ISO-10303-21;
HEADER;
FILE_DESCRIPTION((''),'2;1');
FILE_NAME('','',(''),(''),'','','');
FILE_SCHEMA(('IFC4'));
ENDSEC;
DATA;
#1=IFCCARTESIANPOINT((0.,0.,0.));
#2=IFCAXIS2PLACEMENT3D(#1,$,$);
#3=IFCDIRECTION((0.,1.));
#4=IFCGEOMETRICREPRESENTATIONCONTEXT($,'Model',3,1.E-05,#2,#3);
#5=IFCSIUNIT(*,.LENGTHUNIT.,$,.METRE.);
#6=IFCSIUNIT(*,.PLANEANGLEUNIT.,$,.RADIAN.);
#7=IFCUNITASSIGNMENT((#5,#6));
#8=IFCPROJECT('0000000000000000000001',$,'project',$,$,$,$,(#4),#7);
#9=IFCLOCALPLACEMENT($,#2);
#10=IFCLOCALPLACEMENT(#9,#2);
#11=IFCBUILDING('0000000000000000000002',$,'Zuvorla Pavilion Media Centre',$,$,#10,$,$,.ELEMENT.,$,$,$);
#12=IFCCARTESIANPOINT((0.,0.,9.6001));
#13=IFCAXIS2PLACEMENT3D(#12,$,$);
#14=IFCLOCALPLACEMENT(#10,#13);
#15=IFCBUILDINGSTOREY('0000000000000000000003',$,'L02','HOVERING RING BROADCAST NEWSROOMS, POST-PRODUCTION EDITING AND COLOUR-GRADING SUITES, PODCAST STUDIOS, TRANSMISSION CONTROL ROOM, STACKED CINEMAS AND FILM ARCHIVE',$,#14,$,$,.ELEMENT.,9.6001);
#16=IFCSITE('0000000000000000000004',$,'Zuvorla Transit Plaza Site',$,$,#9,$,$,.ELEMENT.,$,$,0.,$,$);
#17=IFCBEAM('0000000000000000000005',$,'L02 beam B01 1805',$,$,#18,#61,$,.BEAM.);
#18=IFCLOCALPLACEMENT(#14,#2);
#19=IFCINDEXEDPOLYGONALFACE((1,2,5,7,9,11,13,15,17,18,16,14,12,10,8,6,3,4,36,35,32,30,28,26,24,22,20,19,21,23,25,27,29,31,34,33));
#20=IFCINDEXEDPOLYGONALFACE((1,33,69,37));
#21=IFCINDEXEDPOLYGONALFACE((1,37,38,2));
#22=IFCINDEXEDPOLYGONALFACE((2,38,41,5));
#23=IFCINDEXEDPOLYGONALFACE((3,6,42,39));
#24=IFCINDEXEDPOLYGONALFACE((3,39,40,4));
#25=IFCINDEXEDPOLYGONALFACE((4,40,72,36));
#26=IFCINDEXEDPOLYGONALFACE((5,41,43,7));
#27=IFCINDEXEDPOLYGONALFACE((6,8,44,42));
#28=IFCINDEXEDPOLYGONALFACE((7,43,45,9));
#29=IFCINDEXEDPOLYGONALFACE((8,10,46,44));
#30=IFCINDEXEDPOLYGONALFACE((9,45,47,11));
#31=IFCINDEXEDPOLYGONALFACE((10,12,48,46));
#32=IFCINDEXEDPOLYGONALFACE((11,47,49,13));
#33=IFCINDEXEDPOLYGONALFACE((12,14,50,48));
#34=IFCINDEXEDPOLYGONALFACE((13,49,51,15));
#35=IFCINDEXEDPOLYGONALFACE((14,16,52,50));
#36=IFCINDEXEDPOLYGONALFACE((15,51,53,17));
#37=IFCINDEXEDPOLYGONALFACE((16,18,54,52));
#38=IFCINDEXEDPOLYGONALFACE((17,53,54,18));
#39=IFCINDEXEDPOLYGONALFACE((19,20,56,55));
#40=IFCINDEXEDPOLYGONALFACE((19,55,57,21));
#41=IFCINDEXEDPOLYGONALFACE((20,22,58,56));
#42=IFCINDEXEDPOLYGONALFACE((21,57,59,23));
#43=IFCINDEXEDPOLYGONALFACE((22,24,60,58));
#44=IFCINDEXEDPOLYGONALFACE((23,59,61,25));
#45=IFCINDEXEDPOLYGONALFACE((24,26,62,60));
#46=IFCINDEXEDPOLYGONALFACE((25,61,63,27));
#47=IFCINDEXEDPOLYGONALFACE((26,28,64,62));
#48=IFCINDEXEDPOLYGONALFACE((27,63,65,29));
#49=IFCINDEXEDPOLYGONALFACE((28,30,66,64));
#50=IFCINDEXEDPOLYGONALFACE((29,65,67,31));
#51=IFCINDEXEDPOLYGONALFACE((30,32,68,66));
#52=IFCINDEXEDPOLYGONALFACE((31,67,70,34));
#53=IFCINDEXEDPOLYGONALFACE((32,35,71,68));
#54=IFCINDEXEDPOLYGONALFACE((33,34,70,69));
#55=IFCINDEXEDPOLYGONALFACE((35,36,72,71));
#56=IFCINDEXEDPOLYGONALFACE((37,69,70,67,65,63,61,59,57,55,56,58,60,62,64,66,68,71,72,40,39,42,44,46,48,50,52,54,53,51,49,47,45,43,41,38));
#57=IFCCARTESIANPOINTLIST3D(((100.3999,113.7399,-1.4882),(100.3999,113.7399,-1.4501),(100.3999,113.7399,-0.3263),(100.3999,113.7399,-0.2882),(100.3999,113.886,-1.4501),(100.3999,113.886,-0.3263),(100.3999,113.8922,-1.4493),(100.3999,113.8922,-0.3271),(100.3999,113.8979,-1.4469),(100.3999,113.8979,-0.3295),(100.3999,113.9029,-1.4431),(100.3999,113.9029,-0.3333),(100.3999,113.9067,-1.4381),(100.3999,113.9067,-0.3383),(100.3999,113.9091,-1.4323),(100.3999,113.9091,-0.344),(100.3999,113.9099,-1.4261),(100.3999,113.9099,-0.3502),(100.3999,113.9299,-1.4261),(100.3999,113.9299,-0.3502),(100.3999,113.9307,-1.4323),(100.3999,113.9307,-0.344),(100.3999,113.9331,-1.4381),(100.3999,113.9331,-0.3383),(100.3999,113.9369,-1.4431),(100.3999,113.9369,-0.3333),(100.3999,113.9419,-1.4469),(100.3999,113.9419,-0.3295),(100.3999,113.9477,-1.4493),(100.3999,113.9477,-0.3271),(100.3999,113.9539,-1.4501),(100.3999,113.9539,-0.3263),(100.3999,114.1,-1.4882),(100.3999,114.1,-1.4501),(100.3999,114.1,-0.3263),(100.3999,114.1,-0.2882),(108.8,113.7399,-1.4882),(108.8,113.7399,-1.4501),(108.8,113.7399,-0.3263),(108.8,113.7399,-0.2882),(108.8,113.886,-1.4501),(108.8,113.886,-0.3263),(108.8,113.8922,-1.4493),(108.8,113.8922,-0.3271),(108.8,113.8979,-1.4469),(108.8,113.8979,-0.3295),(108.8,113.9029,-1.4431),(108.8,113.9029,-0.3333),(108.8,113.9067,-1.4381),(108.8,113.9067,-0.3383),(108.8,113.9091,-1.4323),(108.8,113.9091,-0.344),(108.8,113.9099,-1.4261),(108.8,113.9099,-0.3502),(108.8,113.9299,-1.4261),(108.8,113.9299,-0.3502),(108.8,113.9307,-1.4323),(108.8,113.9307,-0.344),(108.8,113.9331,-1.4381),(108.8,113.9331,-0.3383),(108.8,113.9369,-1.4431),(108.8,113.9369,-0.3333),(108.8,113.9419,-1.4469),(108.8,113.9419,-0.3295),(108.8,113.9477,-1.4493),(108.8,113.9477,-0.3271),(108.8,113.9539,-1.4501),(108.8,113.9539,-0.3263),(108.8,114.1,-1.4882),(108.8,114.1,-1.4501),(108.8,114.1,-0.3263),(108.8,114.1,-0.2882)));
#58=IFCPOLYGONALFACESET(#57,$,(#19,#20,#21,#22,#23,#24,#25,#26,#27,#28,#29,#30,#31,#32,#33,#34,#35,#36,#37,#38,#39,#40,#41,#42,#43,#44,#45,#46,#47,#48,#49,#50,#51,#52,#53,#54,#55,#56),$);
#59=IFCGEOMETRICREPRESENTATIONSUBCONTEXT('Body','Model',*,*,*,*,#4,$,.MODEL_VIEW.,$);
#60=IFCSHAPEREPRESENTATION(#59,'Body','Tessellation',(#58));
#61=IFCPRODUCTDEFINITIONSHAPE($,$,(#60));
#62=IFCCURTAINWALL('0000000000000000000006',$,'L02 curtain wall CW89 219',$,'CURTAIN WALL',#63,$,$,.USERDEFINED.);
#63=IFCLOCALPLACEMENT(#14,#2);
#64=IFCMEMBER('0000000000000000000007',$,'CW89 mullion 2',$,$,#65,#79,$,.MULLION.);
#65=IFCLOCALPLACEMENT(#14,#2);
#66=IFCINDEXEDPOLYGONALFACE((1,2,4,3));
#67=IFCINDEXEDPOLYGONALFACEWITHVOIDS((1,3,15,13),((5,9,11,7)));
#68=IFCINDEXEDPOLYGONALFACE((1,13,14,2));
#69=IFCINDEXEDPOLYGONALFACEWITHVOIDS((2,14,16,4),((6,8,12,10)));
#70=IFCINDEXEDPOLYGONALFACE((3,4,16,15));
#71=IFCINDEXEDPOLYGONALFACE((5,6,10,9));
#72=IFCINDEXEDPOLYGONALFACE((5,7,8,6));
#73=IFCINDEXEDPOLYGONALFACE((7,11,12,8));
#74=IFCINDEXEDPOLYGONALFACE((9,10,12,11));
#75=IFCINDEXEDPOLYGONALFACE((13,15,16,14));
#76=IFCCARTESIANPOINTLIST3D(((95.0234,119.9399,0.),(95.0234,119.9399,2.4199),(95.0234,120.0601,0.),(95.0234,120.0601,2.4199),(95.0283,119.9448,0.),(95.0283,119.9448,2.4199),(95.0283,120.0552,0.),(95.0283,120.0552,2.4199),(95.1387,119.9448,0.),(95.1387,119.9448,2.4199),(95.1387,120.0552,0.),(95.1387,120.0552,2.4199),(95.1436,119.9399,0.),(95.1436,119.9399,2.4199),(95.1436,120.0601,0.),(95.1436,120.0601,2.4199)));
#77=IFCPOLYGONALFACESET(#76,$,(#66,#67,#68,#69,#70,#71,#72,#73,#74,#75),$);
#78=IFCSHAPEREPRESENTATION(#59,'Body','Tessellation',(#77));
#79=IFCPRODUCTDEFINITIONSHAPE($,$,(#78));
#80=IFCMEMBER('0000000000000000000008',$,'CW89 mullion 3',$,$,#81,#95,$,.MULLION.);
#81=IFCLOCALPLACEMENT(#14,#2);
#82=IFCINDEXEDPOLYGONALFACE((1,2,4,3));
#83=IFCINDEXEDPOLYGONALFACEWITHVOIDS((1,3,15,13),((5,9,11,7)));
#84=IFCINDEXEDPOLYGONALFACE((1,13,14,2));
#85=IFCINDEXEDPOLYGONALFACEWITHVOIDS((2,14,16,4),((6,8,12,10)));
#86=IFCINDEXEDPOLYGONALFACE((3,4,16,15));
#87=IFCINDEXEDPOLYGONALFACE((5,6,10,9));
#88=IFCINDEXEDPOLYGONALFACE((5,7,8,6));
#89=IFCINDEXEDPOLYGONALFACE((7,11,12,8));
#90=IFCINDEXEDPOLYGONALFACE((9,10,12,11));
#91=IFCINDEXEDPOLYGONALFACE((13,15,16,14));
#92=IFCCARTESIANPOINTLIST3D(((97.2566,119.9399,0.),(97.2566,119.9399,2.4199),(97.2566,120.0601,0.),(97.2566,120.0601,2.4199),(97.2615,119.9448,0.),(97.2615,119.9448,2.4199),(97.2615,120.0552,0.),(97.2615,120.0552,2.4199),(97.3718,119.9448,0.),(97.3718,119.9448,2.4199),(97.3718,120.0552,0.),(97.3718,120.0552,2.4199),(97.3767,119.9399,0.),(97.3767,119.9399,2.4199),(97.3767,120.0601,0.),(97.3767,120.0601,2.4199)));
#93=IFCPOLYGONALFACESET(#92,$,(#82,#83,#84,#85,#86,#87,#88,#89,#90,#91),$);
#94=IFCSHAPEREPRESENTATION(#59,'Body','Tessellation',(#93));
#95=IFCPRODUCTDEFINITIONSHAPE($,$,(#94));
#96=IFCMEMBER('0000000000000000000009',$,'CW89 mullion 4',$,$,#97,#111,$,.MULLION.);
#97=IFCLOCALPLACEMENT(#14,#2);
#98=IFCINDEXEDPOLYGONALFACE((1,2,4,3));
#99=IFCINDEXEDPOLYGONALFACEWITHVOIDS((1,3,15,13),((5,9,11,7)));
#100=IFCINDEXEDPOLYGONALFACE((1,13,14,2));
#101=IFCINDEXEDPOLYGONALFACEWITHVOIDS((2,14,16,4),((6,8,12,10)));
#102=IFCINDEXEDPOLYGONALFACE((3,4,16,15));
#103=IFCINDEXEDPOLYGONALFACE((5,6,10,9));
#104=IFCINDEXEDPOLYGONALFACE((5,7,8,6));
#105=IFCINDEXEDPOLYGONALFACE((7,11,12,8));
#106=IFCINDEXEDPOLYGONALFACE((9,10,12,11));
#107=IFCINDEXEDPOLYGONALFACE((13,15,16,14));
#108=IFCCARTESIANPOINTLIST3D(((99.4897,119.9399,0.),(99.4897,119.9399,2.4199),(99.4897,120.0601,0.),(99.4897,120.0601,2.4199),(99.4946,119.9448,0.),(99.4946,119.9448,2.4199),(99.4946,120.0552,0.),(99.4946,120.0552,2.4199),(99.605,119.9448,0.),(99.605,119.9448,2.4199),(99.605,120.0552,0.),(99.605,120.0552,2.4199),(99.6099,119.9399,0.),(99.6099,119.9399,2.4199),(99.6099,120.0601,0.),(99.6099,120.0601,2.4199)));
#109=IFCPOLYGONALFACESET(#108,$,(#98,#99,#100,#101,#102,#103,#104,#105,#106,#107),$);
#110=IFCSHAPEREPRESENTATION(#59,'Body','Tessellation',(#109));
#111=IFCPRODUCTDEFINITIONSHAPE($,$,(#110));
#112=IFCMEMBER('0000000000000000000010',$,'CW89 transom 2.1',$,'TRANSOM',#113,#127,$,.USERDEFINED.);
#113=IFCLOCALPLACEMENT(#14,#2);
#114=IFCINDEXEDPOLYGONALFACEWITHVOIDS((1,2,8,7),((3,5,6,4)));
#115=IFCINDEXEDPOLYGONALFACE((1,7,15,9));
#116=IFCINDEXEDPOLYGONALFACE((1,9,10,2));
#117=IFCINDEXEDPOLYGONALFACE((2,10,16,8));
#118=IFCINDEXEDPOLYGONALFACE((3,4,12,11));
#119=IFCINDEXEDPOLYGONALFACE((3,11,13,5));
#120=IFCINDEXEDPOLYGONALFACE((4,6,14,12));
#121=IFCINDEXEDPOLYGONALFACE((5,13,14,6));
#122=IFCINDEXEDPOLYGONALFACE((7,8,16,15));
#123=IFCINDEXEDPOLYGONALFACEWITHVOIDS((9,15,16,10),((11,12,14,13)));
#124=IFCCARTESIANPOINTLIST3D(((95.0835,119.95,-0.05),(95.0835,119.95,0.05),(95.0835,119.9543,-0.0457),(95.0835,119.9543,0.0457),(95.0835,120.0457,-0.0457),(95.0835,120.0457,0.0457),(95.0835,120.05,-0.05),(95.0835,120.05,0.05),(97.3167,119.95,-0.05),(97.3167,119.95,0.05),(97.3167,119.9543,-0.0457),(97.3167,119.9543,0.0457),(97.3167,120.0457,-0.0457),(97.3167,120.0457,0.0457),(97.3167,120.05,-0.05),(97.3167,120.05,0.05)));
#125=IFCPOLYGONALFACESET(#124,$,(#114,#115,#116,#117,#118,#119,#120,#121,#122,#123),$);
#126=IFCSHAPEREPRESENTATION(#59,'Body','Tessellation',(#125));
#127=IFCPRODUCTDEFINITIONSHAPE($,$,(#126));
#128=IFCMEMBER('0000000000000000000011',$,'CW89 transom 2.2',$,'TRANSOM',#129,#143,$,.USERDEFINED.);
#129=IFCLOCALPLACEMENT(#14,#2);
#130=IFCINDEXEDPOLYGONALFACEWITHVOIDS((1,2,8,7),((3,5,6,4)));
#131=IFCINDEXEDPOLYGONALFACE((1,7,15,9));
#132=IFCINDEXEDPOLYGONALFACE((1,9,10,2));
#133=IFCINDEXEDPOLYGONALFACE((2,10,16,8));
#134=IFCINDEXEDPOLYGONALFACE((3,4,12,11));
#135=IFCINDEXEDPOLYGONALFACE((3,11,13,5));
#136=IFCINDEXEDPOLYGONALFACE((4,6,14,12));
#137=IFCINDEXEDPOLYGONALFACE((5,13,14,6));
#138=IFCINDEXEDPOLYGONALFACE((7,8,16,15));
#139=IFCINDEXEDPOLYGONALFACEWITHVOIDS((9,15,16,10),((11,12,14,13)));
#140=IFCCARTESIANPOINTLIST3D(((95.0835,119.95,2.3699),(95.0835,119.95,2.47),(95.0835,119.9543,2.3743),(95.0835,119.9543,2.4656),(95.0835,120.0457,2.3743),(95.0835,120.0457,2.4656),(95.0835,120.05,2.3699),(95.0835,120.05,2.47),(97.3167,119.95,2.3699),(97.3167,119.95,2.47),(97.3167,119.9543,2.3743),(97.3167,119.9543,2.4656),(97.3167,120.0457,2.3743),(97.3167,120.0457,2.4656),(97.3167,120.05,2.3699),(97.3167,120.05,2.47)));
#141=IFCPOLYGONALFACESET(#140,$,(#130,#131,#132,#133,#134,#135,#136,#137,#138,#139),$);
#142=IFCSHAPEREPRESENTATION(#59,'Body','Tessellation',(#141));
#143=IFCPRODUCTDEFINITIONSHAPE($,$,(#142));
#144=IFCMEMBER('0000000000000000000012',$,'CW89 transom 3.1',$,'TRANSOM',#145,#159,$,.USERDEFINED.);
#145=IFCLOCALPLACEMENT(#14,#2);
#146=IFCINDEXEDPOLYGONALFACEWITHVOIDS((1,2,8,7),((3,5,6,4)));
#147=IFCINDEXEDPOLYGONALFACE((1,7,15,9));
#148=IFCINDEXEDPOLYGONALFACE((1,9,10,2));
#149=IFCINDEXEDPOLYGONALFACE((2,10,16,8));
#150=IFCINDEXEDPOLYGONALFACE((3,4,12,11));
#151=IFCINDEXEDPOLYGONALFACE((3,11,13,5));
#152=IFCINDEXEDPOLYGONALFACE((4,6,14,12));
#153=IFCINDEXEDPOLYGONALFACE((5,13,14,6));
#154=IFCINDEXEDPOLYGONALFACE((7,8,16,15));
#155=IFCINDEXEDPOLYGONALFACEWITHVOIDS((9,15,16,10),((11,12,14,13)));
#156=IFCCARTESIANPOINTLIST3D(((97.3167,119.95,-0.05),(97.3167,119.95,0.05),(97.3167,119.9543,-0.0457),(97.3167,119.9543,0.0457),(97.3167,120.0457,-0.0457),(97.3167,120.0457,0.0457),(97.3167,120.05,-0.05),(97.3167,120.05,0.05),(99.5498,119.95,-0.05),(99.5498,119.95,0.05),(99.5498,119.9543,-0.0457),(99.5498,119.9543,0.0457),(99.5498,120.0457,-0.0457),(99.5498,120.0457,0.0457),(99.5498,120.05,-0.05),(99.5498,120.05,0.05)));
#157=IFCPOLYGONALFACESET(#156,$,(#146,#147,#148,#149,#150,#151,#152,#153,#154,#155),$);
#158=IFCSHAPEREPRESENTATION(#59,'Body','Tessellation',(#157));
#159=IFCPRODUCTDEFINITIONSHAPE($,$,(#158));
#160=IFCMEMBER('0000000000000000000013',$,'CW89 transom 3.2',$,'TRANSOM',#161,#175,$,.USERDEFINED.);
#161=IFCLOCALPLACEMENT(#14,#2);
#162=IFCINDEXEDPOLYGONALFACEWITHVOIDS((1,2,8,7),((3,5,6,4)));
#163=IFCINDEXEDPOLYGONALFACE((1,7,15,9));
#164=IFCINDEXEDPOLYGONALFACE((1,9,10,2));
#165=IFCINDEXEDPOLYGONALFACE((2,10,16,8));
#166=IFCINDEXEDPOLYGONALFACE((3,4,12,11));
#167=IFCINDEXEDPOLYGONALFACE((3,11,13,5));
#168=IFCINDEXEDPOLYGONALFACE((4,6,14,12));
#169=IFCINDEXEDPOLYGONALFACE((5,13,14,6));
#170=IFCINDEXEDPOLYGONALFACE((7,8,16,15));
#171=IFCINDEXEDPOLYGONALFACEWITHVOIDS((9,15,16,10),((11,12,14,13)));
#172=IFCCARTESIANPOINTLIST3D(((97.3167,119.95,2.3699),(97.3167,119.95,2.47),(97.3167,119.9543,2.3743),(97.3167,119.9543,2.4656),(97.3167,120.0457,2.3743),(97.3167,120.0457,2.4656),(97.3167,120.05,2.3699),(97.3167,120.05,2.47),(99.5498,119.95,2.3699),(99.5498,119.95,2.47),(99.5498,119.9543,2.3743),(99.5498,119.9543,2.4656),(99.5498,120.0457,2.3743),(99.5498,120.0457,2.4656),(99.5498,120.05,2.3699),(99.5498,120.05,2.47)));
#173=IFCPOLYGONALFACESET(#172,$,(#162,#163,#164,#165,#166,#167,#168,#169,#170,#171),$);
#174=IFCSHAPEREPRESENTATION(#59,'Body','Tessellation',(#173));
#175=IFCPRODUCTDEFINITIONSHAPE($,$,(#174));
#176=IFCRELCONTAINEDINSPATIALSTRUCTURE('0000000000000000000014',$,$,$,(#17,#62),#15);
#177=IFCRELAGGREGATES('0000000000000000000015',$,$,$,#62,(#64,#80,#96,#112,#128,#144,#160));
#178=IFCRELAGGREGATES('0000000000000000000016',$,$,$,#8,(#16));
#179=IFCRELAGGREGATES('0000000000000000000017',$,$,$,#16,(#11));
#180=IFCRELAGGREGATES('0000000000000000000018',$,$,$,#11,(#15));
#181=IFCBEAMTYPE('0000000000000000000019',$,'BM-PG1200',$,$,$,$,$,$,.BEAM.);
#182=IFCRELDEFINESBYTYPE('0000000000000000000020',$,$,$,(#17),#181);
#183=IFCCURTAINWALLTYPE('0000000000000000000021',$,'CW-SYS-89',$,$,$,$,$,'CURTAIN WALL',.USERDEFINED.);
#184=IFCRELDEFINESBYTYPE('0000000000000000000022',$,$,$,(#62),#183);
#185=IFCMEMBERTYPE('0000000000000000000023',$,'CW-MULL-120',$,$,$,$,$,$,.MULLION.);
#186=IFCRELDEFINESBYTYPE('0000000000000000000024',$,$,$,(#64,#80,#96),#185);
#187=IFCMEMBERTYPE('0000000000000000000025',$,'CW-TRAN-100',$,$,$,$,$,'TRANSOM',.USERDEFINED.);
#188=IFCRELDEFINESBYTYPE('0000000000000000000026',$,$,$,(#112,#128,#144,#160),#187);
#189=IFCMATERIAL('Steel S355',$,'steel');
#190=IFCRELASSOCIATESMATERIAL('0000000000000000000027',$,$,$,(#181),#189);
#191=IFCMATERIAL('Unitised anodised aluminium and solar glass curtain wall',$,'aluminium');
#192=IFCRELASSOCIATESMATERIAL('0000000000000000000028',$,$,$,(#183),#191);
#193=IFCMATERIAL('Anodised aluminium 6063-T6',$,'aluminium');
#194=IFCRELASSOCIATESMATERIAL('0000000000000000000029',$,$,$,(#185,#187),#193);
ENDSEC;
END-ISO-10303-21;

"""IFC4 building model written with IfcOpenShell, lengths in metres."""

from ifc_helpers import new_model, si_unit, direction, frame, origin, origin_2d, place, context, subcontext, project, spatial, hollow_rectangle, i_section, extrude, material, material_profile, profile_set, type_object, element, aggregate, save


model = new_model("IFC4")

# Units and contexts
model_context = context("Model", 3, precision=1e-05, world=origin(), true_north=direction((0.0, 1.0)))
body_context = subcontext(model_context, "Body", "Model", "MODEL_VIEW")
ifc_project = project(units=[si_unit("LENGTHUNIT", "METRE"), si_unit("PLANEANGLEUNIT", "RADIAN")], contexts=[model_context])

# Site, building, storey
site_placement = place(None, origin())
site = spatial("IfcSite", under=ifc_project, at=site_placement, Name="Zuvorla Transit Plaza Site", CompositionType="ELEMENT", RefElevation=0.0)
building_placement = place(site_placement, origin())
building = spatial("IfcBuilding", under=site, at=building_placement, Name="Zuvorla Pavilion Media Centre", CompositionType="ELEMENT")
storey_placement = place(building_placement, frame((0.0, 0.0, 9.6001)))
storey = spatial("IfcBuildingStorey", under=building, at=storey_placement, Name="L02", Description="HOVERING RING BROADCAST NEWSROOMS, POST-PRODUCTION EDITING AND COLOUR-GRADING SUITES, PODCAST STUDIOS, TRANSMISSION CONTROL ROOM, STACKED CINEMAS AND FILM ARCHIVE", CompositionType="ELEMENT", Elevation=9.6001)

# Beam
ifc_material_1 = material(Name="Steel S355", Category="steel")
ifc_material_profile_1 = material_profile(ifc_material_1, i_section(OverallWidth=0.3601, OverallDepth=1.2, WebThickness=0.02, FlangeThickness=0.0381, FilletRadius=0.0239, at=origin_2d()), Name="PG 1200x360x38")
ifc_profile_set_1 = profile_set([ifc_material_profile_1], Name="Steel S355")
beam_type = type_object("IfcBeamType", Name="BM-PG1200", PredefinedType="BEAM", material=ifc_profile_set_1)
beam_placement = place(storey_placement, frame((100.3999, 113.9199, -0.8882), z_axis=(1.0, 0.0, 0.0), x_axis=(0.0, 1.0, 0.0)))
element("IfcBeam", 1, at=beam_placement, inside=storey, type_object=beam_type, Name="L02 beam B01 1805", PredefinedType="BEAM", context=body_context, shape_type="SweptSolid", body=[
    extrude(i_section(OverallWidth=0.3601, OverallDepth=1.2, WebThickness=0.02, FlangeThickness=0.0381, FilletRadius=0.0239, at=origin_2d()), origin(), (0.0, 0.0, 1.0), 8.4001),
])

# Curtain wall, members
ifc_material_2 = material(Name="Unitised anodised aluminium and solar glass curtain wall", Category="aluminium")
curtain_wall_type = type_object("IfcCurtainWallType", Name="CW-SYS-89", ElementType="CURTAIN WALL", PredefinedType="USERDEFINED", material=ifc_material_2)
curtain_wall_placement = place(storey_placement, origin())
curtain_wall = element("IfcCurtainWall", 2, at=curtain_wall_placement, inside=storey, type_object=curtain_wall_type, Name="L02 curtain wall CW89 219", ObjectType="CURTAIN WALL", PredefinedType="USERDEFINED")
ifc_material_3 = material(Name="Anodised aluminium 6063-T6", Category="aluminium")
ifc_material_profile_2 = material_profile(ifc_material_3, hollow_rectangle(XDim=0.1201, YDim=0.1201, WallThickness=0.0049, at=origin_2d()), Name="ALU MULL 120x120")
ifc_profile_set_2 = profile_set([ifc_material_profile_2], Name="Anodised aluminium 6063-T6")
member_type_1 = type_object("IfcMemberType", Name="CW-MULL-120", PredefinedType="MULLION", material=ifc_profile_set_2)
member_1_placement = place(storey_placement, frame((95.0835, 120.0, 0.0), z_axis=(0.0, 0.0, 1.0), x_axis=(1.0, 0.0, 0.0)))
member_1 = element("IfcMember", 3, at=member_1_placement, type_object=member_type_1, Name="CW89 mullion 2", PredefinedType="MULLION", context=body_context, shape_type="SweptSolid", body=[
    extrude(hollow_rectangle(XDim=0.1201, YDim=0.1201, WallThickness=0.0049, at=origin_2d()), origin(), (0.0, 0.0, 1.0), 2.4199),
])
member_2_placement = place(storey_placement, frame((97.3167, 120.0, 0.0), z_axis=(0.0, 0.0, 1.0), x_axis=(1.0, 0.0, 0.0)))
member_2 = element("IfcMember", 4, at=member_2_placement, type_object=member_type_1, Name="CW89 mullion 3", PredefinedType="MULLION", context=body_context, shape_type="SweptSolid", body=[
    extrude(hollow_rectangle(XDim=0.1201, YDim=0.1201, WallThickness=0.0049, at=origin_2d()), origin(), (0.0, 0.0, 1.0), 2.4199),
])
member_3_placement = place(storey_placement, frame((99.5498, 120.0, 0.0), z_axis=(0.0, 0.0, 1.0), x_axis=(1.0, 0.0, 0.0)))
member_3 = element("IfcMember", 5, at=member_3_placement, type_object=member_type_1, Name="CW89 mullion 4", PredefinedType="MULLION", context=body_context, shape_type="SweptSolid", body=[
    extrude(hollow_rectangle(XDim=0.1201, YDim=0.1201, WallThickness=0.0049, at=origin_2d()), origin(), (0.0, 0.0, 1.0), 2.4199),
])
ifc_material_profile_3 = material_profile(ifc_material_3, hollow_rectangle(XDim=0.1001, YDim=0.1001, WallThickness=0.0044, at=origin_2d()), Name="ALU TRAN 100x100")
ifc_profile_set_3 = profile_set([ifc_material_profile_3], Name="Anodised aluminium 6063-T6")
member_type_2 = type_object("IfcMemberType", Name="CW-TRAN-100", ElementType="TRANSOM", PredefinedType="USERDEFINED", material=ifc_profile_set_3)
member_4_placement = place(storey_placement, frame((95.0835, 120.0, 0.0), z_axis=(1.0, 0.0, 0.0), x_axis=(0.0, 1.0, 0.0)))
member_4 = element("IfcMember", 6, at=member_4_placement, type_object=member_type_2, Name="CW89 transom 2.1", ObjectType="TRANSOM", PredefinedType="USERDEFINED", context=body_context, shape_type="SweptSolid", body=[
    extrude(hollow_rectangle(XDim=0.1001, YDim=0.1001, WallThickness=0.0044, at=origin_2d()), origin(), (0.0, 0.0, 1.0), 2.2332),
])
member_5_placement = place(storey_placement, frame((95.0835, 120.0, 2.4199), z_axis=(1.0, 0.0, 0.0), x_axis=(0.0, 1.0, 0.0)))
member_5 = element("IfcMember", 7, at=member_5_placement, type_object=member_type_2, Name="CW89 transom 2.2", ObjectType="TRANSOM", PredefinedType="USERDEFINED", context=body_context, shape_type="SweptSolid", body=[
    extrude(hollow_rectangle(XDim=0.1001, YDim=0.1001, WallThickness=0.0044, at=origin_2d()), origin(), (0.0, 0.0, 1.0), 2.2332),
])
member_6_placement = place(storey_placement, frame((97.3167, 120.0, 0.0), z_axis=(1.0, 0.0, 0.0), x_axis=(0.0, 1.0, 0.0)))
member_6 = element("IfcMember", 8, at=member_6_placement, type_object=member_type_2, Name="CW89 transom 3.1", ObjectType="TRANSOM", PredefinedType="USERDEFINED", context=body_context, shape_type="SweptSolid", body=[
    extrude(hollow_rectangle(XDim=0.1001, YDim=0.1001, WallThickness=0.0044, at=origin_2d()), origin(), (0.0, 0.0, 1.0), 2.2332),
])
member_7_placement = place(storey_placement, frame((97.3167, 120.0, 2.4199), z_axis=(1.0, 0.0, 0.0), x_axis=(0.0, 1.0, 0.0)))
member_7 = element("IfcMember", 9, at=member_7_placement, type_object=member_type_2, Name="CW89 transom 3.2", ObjectType="TRANSOM", PredefinedType="USERDEFINED", context=body_context, shape_type="SweptSolid", body=[
    extrude(hollow_rectangle(XDim=0.1001, YDim=0.1001, WallThickness=0.0044, at=origin_2d()), origin(), (0.0, 0.0, 1.0), 2.2332),
])

aggregate(curtain_wall, [member_1, member_2, member_3, member_4, member_5, member_6, member_7])

save(model, "model.ifc")
